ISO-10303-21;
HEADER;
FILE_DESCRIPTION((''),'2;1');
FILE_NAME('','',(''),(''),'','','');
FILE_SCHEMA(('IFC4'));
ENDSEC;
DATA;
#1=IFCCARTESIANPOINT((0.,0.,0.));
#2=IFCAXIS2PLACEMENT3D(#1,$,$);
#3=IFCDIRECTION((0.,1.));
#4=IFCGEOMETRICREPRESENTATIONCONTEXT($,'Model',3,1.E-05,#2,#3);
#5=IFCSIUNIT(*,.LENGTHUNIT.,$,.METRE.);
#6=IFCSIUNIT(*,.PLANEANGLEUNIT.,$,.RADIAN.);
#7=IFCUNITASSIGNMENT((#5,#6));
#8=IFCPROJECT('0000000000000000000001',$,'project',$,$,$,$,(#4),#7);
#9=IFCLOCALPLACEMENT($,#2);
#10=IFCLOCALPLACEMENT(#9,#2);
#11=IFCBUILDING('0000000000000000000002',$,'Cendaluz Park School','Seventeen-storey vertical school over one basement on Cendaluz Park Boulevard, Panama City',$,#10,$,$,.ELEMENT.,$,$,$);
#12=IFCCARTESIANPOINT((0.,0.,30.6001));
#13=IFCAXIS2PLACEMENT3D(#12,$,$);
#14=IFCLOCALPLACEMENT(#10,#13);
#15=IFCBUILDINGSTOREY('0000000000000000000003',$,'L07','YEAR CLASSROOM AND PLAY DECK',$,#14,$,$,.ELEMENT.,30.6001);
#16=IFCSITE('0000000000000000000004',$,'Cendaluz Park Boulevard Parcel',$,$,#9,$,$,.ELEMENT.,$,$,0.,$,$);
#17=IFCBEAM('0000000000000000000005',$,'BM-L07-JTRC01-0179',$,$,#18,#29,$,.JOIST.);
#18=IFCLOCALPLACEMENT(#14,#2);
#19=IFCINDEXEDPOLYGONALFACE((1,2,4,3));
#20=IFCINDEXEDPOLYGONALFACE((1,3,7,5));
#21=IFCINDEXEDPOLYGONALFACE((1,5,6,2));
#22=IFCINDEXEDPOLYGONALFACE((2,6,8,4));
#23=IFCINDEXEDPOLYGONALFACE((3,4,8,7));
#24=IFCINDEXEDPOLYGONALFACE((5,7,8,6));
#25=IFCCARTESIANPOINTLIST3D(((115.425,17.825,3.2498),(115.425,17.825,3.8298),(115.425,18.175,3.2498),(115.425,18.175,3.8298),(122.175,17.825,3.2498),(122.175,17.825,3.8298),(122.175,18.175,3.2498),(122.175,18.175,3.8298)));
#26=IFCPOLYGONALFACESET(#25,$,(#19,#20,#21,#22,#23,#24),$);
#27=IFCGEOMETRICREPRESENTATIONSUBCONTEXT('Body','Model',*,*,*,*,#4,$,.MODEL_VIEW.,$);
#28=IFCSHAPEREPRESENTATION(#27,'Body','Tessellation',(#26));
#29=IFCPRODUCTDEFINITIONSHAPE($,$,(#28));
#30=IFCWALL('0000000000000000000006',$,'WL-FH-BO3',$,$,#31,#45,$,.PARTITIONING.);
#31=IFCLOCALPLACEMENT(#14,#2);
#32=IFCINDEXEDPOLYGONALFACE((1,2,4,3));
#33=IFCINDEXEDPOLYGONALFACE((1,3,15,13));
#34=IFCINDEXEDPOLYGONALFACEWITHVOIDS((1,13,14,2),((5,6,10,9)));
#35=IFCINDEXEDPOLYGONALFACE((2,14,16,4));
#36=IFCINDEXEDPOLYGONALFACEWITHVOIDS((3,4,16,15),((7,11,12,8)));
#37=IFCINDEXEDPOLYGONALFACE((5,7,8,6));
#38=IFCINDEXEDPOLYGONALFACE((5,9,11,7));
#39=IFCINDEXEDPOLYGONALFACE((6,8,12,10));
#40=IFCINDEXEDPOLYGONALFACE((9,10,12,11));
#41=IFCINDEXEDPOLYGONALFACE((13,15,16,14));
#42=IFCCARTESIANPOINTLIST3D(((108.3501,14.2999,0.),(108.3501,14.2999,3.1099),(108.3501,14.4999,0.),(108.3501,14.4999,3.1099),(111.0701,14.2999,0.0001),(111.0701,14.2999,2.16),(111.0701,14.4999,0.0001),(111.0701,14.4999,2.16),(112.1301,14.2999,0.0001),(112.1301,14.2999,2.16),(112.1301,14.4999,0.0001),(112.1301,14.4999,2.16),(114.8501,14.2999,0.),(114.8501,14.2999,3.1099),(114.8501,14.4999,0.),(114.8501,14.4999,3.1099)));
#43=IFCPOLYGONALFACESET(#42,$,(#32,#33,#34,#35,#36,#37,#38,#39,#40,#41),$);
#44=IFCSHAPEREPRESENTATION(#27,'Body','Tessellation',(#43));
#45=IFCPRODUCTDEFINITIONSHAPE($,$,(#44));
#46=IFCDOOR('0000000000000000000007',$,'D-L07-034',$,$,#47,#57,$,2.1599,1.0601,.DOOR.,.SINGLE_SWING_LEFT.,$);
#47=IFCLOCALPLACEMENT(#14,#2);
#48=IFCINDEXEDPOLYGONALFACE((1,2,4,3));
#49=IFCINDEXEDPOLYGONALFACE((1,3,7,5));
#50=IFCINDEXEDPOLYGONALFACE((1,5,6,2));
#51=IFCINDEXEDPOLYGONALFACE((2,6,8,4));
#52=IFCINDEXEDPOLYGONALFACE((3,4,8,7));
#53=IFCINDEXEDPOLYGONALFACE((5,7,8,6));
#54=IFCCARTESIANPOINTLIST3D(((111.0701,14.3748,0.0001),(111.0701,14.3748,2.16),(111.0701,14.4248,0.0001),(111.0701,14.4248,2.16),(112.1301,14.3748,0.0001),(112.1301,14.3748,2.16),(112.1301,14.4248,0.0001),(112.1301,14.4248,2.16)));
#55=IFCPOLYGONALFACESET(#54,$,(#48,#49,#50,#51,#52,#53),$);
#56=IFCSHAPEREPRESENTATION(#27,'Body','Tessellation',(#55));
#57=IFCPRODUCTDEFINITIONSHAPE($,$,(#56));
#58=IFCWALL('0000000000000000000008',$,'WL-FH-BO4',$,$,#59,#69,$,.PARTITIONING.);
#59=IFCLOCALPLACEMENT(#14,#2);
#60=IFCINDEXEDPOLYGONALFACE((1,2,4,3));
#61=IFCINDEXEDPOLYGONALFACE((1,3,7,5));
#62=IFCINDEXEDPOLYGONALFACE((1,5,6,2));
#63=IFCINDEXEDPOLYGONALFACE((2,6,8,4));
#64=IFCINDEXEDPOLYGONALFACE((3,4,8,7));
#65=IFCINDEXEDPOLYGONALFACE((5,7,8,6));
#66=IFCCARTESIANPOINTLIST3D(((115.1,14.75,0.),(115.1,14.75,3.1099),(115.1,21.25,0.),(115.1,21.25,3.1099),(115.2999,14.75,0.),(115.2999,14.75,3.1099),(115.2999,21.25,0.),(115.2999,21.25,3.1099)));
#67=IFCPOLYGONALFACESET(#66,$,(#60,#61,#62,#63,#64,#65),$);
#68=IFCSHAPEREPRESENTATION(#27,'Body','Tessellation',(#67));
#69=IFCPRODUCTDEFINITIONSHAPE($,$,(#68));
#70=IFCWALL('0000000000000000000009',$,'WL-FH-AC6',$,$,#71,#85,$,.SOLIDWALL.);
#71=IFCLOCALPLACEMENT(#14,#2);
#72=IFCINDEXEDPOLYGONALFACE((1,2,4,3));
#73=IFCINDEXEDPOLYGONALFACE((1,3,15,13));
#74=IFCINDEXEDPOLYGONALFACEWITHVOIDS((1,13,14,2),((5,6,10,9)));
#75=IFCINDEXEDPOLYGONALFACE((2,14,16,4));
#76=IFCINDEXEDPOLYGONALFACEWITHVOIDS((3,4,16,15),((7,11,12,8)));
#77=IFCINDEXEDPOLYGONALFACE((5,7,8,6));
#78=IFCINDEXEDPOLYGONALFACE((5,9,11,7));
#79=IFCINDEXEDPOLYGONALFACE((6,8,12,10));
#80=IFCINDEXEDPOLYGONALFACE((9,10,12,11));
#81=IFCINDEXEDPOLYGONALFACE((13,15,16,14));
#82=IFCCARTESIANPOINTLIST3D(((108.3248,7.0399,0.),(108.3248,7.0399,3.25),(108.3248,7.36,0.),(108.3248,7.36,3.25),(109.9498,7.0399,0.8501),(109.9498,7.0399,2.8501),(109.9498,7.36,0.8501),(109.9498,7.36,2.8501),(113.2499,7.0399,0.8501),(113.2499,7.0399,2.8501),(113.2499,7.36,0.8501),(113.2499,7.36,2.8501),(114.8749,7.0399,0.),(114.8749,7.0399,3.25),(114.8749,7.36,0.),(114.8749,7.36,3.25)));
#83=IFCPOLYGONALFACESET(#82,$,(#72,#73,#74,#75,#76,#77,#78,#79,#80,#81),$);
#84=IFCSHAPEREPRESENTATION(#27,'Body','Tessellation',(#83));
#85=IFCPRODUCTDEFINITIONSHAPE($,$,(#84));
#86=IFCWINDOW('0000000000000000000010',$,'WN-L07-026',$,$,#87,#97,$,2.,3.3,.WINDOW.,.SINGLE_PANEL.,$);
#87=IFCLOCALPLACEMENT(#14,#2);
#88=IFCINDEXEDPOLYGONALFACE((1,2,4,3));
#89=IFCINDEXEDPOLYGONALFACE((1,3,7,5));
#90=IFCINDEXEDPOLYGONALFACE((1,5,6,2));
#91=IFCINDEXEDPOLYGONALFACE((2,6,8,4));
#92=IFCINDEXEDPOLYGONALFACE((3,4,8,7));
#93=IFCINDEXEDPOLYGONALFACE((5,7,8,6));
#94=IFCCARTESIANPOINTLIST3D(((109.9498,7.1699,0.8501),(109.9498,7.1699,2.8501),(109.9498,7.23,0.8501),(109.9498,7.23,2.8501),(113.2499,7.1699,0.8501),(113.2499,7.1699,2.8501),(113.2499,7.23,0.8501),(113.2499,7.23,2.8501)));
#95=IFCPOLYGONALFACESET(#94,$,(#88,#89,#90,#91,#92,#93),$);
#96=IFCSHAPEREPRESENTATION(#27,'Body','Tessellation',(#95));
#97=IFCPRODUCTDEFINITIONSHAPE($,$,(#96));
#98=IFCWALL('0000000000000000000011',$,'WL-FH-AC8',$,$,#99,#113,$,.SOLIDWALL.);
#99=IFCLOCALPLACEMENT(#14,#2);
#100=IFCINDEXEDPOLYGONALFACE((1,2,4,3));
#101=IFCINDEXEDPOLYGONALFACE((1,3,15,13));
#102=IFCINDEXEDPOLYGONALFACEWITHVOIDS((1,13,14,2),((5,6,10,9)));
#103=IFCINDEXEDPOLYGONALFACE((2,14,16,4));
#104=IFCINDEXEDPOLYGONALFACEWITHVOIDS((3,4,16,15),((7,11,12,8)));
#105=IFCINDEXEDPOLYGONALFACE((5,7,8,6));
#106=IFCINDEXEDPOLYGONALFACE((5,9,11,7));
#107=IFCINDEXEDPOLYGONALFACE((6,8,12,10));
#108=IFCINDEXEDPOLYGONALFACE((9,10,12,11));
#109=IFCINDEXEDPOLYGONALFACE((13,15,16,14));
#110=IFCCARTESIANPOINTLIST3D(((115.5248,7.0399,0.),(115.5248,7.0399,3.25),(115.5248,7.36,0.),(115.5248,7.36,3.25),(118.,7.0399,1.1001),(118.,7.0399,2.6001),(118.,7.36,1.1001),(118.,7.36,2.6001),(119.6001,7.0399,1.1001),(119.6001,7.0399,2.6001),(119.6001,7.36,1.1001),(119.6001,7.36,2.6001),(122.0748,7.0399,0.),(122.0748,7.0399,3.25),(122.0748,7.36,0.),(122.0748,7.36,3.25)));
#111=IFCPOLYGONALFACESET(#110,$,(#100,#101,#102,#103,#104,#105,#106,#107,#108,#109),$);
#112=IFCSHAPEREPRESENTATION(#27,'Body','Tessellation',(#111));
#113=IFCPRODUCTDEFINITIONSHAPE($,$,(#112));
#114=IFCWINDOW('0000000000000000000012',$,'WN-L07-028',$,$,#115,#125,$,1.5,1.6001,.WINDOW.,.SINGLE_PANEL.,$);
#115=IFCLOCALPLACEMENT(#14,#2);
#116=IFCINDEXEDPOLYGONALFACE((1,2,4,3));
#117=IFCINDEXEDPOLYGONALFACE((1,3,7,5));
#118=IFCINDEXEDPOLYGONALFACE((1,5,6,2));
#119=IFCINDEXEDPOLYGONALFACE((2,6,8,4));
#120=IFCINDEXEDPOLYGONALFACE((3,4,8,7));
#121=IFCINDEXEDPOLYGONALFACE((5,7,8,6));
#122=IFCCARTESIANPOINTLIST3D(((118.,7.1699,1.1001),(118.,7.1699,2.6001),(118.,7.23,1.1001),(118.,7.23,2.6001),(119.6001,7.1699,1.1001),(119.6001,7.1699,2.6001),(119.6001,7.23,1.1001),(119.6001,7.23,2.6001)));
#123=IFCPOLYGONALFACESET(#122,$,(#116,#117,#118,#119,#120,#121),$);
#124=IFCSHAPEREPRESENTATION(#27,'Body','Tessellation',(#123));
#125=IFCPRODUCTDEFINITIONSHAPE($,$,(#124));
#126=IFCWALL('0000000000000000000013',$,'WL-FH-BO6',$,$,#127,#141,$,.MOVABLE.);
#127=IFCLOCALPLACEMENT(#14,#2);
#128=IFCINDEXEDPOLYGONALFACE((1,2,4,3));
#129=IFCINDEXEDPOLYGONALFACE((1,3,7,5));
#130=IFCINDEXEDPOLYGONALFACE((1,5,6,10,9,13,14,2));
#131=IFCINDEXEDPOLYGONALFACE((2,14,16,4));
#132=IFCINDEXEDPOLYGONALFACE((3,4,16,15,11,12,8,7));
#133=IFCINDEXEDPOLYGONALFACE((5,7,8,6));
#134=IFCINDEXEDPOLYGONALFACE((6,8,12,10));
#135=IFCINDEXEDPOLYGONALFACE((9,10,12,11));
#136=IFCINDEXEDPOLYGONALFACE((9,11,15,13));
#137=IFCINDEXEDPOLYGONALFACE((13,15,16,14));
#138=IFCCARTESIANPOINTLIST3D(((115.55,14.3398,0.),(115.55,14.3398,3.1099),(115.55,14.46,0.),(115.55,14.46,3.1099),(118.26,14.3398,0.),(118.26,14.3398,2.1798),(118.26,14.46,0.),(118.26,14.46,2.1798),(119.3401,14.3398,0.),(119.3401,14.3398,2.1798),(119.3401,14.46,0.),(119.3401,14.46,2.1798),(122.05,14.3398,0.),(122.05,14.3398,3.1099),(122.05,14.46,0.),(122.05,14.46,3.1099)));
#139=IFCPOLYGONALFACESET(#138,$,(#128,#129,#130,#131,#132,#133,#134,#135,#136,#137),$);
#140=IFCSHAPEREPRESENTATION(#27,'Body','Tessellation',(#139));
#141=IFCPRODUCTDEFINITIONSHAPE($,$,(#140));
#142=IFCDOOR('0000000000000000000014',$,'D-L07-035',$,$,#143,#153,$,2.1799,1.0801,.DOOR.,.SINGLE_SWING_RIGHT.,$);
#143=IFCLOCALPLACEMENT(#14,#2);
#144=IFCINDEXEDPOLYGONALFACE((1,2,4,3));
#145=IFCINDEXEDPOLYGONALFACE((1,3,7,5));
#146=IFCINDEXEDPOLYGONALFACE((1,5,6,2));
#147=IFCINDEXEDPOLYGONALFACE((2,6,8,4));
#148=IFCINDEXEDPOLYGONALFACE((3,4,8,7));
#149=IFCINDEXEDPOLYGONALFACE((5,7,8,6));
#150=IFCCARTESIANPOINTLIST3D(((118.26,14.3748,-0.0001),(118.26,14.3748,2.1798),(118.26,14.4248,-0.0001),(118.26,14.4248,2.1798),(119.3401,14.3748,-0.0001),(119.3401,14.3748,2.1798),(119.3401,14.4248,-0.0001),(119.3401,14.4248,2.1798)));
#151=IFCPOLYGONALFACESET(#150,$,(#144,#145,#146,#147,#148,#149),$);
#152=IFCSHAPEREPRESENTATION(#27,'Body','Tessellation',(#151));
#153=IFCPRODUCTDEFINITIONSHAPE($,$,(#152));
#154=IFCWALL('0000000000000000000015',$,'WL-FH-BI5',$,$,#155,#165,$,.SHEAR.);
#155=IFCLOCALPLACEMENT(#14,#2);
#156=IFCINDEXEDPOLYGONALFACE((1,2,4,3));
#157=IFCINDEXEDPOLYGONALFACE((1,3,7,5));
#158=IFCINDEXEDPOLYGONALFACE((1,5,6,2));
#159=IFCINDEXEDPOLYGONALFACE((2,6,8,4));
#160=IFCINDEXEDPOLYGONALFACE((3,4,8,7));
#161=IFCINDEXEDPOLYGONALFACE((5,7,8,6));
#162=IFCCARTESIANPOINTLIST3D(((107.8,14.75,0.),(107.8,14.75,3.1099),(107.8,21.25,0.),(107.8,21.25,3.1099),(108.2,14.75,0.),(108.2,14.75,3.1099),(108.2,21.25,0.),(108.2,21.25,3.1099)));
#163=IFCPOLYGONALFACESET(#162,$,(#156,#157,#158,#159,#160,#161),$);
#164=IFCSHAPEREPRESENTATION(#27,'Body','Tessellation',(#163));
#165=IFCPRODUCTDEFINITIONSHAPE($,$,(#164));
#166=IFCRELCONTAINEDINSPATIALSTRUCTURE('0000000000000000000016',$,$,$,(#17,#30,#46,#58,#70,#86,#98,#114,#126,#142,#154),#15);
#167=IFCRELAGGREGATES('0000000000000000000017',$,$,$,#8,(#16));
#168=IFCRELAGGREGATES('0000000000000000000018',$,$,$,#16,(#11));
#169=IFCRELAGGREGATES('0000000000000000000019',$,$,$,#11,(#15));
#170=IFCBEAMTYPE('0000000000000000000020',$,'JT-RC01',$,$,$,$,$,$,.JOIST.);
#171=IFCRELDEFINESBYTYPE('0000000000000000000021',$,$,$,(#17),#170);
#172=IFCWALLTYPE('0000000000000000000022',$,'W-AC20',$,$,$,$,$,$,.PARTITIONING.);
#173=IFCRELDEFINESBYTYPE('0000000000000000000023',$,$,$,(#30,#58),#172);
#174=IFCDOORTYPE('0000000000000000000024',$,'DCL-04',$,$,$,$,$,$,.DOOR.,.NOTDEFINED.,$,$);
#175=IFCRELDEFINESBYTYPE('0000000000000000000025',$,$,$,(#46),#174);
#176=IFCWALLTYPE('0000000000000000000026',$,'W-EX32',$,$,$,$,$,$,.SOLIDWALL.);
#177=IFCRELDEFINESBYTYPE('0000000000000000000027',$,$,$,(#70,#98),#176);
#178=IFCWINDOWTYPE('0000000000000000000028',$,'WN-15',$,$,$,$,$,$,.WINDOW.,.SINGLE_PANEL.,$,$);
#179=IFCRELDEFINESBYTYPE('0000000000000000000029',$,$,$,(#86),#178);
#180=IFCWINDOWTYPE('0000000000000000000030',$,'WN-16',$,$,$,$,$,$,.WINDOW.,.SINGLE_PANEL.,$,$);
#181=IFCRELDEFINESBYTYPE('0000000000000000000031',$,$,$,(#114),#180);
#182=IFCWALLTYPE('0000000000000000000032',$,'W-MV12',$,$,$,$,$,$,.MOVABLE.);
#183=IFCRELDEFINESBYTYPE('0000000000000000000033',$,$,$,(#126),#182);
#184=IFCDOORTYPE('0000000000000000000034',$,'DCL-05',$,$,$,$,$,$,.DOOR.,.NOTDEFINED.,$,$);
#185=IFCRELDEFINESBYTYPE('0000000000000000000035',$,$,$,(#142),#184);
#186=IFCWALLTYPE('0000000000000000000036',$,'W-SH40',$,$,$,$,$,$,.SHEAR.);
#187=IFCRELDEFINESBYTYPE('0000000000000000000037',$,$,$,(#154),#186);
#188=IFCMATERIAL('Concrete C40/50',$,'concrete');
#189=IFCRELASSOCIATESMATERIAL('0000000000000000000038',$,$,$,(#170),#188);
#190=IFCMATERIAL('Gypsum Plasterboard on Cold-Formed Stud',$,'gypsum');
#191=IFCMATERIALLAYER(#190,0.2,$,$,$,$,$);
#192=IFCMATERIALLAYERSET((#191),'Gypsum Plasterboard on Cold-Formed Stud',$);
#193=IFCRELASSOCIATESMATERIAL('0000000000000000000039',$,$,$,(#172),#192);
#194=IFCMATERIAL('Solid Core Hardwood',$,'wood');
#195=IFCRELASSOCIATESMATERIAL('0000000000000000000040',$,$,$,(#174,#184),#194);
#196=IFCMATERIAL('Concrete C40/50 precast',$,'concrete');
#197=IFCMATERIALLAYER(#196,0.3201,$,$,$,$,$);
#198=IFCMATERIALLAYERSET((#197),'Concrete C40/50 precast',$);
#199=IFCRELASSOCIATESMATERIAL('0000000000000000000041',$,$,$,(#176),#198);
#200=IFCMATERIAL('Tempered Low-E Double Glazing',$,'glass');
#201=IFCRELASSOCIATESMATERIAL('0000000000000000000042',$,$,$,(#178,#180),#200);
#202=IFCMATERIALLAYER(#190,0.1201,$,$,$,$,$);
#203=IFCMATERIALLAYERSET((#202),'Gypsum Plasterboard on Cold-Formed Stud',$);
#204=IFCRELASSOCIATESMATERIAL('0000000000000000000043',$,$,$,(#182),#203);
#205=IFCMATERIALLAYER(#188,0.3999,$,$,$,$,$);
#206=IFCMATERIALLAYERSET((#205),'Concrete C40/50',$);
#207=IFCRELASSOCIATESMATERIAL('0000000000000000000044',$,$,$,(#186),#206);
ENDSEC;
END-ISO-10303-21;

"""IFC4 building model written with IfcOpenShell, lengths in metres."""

from ifc_helpers import new_model, si_unit, direction, frame, frame_2d, origin, origin_2d, place, context, subcontext, project, spatial, rectangle, extrude, material, layer, layer_set, material_profile, profile_set, type_object, element, fill, save


model = new_model("IFC4")

# Units and contexts
model_context = context("Model", 3, precision=1e-05, world=origin(), true_north=direction((0.0, 1.0)))
body_context = subcontext(model_context, "Body", "Model", "MODEL_VIEW")
ifc_project = project(units=[si_unit("LENGTHUNIT", "METRE"), si_unit("PLANEANGLEUNIT", "RADIAN")], contexts=[model_context])

# Site, building, storey
site_placement = place(None, origin())
site = spatial("IfcSite", under=ifc_project, at=site_placement, Name="Cendaluz Park Boulevard Parcel", CompositionType="ELEMENT", RefElevation=0.0)
building_placement = place(site_placement, origin())
building = spatial("IfcBuilding", under=site, at=building_placement, Name="Cendaluz Park School", Description="Seventeen-storey vertical school over one basement on Cendaluz Park Boulevard, Panama City", CompositionType="ELEMENT")
storey_placement = place(building_placement, frame((0.0, 0.0, 30.6001)))
storey = spatial("IfcBuildingStorey", under=building, at=storey_placement, Name="L07", Description="YEAR CLASSROOM AND PLAY DECK", CompositionType="ELEMENT", Elevation=30.6001)

# Shared definitions
ifc_material_1 = material(Name="Concrete C40/50", Category="concrete")

# Beam
ifc_material_profile_1 = material_profile(ifc_material_1, rectangle(XDim=0.3501, YDim=0.5801, at=origin_2d()), Name="RC 350x580", Category="concrete")
ifc_profile_set_1 = profile_set([ifc_material_profile_1], Name="Concrete C40/50")
beam_type_1 = type_object("IfcBeamType", Name="JT-RC01", PredefinedType="JOIST", material=ifc_profile_set_1)
beam_1_placement = place(storey_placement, frame((115.425, 18.0, 3.5398), z_axis=(1.0, 0.0, 0.0), x_axis=(0.0, 1.0, 0.0)))
element("IfcBeam", 1, at=beam_1_placement, inside=storey, type_object=beam_type_1, Name="BM-L07-JTRC01-0179", PredefinedType="JOIST", context=body_context, shape_type="SweptSolid", body=[
    extrude(rectangle(XDim=0.3501, YDim=0.5801, at=origin_2d()), origin(), (0.0, 0.0, 1.0), 6.75),
])

# Wall, opening, door
ifc_material_2 = material(Name="Gypsum Plasterboard on Cold-Formed Stud", Category="gypsum")
ifc_layer_1 = layer(ifc_material_2, 0.2)
ifc_layer_set_1 = layer_set([ifc_layer_1], Name="Gypsum Plasterboard on Cold-Formed Stud")
wall_type_1 = type_object("IfcWallType", Name="W-AC20", PredefinedType="PARTITIONING", material=ifc_layer_set_1)
wall_1_placement = place(storey_placement, frame((108.3501, 14.3999, 0.0), z_axis=(0.0, 0.0, 1.0), x_axis=(1.0, 0.0, 0.0)))
wall_1 = element("IfcWall", 2, at=wall_1_placement, inside=storey, type_object=wall_type_1, Name="WL-FH-BO3", PredefinedType="PARTITIONING", context=body_context, shape_type="SweptSolid", body=[
    extrude(rectangle(XDim=6.5, YDim=0.2, at=frame_2d((3.25, 0.0))), origin(), (0.0, 0.0, 1.0), 3.1099),
])
opening_1_placement = place(wall_1_placement, frame((2.72, 0.0, 0.0)))
opening_1 = element("IfcOpeningElement", 3, at=opening_1_placement, cuts=wall_1, PredefinedType="OPENING", context=body_context, shape_type="SweptSolid", body=[
    extrude(rectangle(XDim=1.0601, YDim=2.1599, at=frame_2d((0.53, 1.0801))), frame((0.0, 0.1121, 0.0), z_axis=(0.0, -1.0, 0.0), x_axis=(1.0, 0.0, 0.0)), (0.0, 0.0, 1.0), 0.2239),
])
ifc_material_3 = material(Name="Solid Core Hardwood", Category="wood")
door_type_1 = type_object("IfcDoorType", Name="DCL-04", OperationType="NOTDEFINED", PredefinedType="DOOR", material=ifc_material_3)
door_1_placement = place(opening_1_placement, origin())
door_1 = element("IfcDoor", 4, at=door_1_placement, inside=storey, type_object=door_type_1, Name="D-L07-034", OperationType="SINGLE_SWING_LEFT", OverallHeight=2.1599, OverallWidth=1.0601, PredefinedType="DOOR", context=body_context, shape_type="SweptSolid", body=[
    extrude(rectangle(XDim=1.0601, YDim=2.1599, at=frame_2d((0.53, 1.0801))), frame((0.0, 0.0249, 0.0), z_axis=(0.0, -1.0, 0.0), x_axis=(1.0, 0.0, 0.0)), (0.0, 0.0, 1.0), 0.05),
])
fill(opening_1, door_1)

# Wall
wall_2_placement = place(storey_placement, frame((115.2, 14.75, 0.0), z_axis=(0.0, 0.0, 1.0), x_axis=(0.0, 1.0, 0.0)))
element("IfcWall", 5, at=wall_2_placement, inside=storey, type_object=wall_type_1, Name="WL-FH-BO4", PredefinedType="PARTITIONING", context=body_context, shape_type="SweptSolid", body=[
    extrude(rectangle(XDim=6.5, YDim=0.2, at=frame_2d((3.25, 0.0))), origin(), (0.0, 0.0, 1.0), 3.1099),
])

# Walls, openings, windows
ifc_material_4 = material(Name="Concrete C40/50 precast", Category="concrete")
ifc_layer_2 = layer(ifc_material_4, 0.3201)
ifc_layer_set_2 = layer_set([ifc_layer_2], Name="Concrete C40/50 precast")
wall_type_2 = type_object("IfcWallType", Name="W-EX32", PredefinedType="SOLIDWALL", material=ifc_layer_set_2)
wall_3_placement = place(storey_placement, frame((108.325, 7.2, 0.0), z_axis=(0.0, 0.0, 1.0), x_axis=(1.0, 0.0, 0.0)))
wall_3 = element("IfcWall", 6, at=wall_3_placement, inside=storey, type_object=wall_type_2, Name="WL-FH-AC6", PredefinedType="SOLIDWALL", context=body_context, shape_type="SweptSolid", body=[
    extrude(rectangle(XDim=6.55, YDim=0.3201, at=frame_2d((3.2749, 0.0))), origin(), (0.0, 0.0, 1.0), 3.25),
])
opening_2_placement = place(wall_3_placement, frame((1.625, 0.0, 0.8501)))
opening_2 = element("IfcOpeningElement", 7, at=opening_2_placement, cuts=wall_3, PredefinedType="OPENING", context=body_context, shape_type="SweptSolid", body=[
    extrude(rectangle(XDim=3.3, YDim=2.0, at=frame_2d((1.6499, 1.0))), frame((0.0, 0.1721, 0.0), z_axis=(0.0, -1.0, 0.0), x_axis=(1.0, 0.0, 0.0)), (0.0, 0.0, 1.0), 0.344),
])
ifc_material_5 = material(Name="Tempered Low-E Double Glazing", Category="glass")
window_type_1 = type_object("IfcWindowType", Name="WN-15", PartitioningType="SINGLE_PANEL", PredefinedType="WINDOW", material=ifc_material_5)
window_1_placement = place(opening_2_placement, origin())
window_1 = element("IfcWindow", 8, at=window_1_placement, inside=storey, type_object=window_type_1, Name="WN-L07-026", OverallHeight=2.0, OverallWidth=3.3, PartitioningType="SINGLE_PANEL", PredefinedType="WINDOW", context=body_context, shape_type="SweptSolid", body=[
    extrude(rectangle(XDim=3.3, YDim=2.0, at=frame_2d((1.6499, 1.0))), frame((0.0, 0.03, 0.0), z_axis=(0.0, -1.0, 0.0), x_axis=(1.0, 0.0, 0.0)), (0.0, 0.0, 1.0), 0.0601),
])
fill(opening_2, window_1)
wall_4_placement = place(storey_placement, frame((115.5249, 7.2, 0.0), z_axis=(0.0, 0.0, 1.0), x_axis=(1.0, 0.0, 0.0)))
wall_4 = element("IfcWall", 9, at=wall_4_placement, inside=storey, type_object=wall_type_2, Name="WL-FH-AC8", PredefinedType="SOLIDWALL", context=body_context, shape_type="SweptSolid", body=[
    extrude(rectangle(XDim=6.55, YDim=0.3201, at=frame_2d((3.2749, 0.0))), origin(), (0.0, 0.0, 1.0), 3.25),
])
opening_3_placement = place(wall_4_placement, frame((2.4751, 0.0, 1.1001)))
opening_3 = element("IfcOpeningElement", 10, at=opening_3_placement, cuts=wall_4, PredefinedType="OPENING", context=body_context, shape_type="SweptSolid", body=[
    extrude(rectangle(XDim=1.6001, YDim=1.5, at=frame_2d((0.8, 0.75))), frame((0.0, 0.1721, 0.0), z_axis=(0.0, -1.0, 0.0), x_axis=(1.0, 0.0, 0.0)), (0.0, 0.0, 1.0), 0.344),
])
window_type_2 = type_object("IfcWindowType", Name="WN-16", PartitioningType="SINGLE_PANEL", PredefinedType="WINDOW", material=ifc_material_5)
window_2_placement = place(opening_3_placement, origin())
window_2 = element("IfcWindow", 11, at=window_2_placement, inside=storey, type_object=window_type_2, Name="WN-L07-028", OverallHeight=1.5, OverallWidth=1.6001, PartitioningType="SINGLE_PANEL", PredefinedType="WINDOW", context=body_context, shape_type="SweptSolid", body=[
    extrude(rectangle(XDim=1.6001, YDim=1.5, at=frame_2d((0.8, 0.75))), frame((0.0, 0.03, 0.0), z_axis=(0.0, -1.0, 0.0), x_axis=(1.0, 0.0, 0.0)), (0.0, 0.0, 1.0), 0.0601),
])
fill(opening_3, window_2)

# Wall, opening, door
ifc_layer_3 = layer(ifc_material_2, 0.1201)
ifc_layer_set_3 = layer_set([ifc_layer_3], Name="Gypsum Plasterboard on Cold-Formed Stud")
wall_type_3 = type_object("IfcWallType", Name="W-MV12", PredefinedType="MOVABLE", material=ifc_layer_set_3)
wall_5_placement = place(storey_placement, frame((115.55, 14.3999, 0.0), z_axis=(0.0, 0.0, 1.0), x_axis=(1.0, 0.0, 0.0)))
wall_5 = element("IfcWall", 12, at=wall_5_placement, inside=storey, type_object=wall_type_3, Name="WL-FH-BO6", PredefinedType="MOVABLE", context=body_context, shape_type="SweptSolid", body=[
    extrude(rectangle(XDim=6.5, YDim=0.1201, at=frame_2d((3.25, 0.0))), origin(), (0.0, 0.0, 1.0), 3.1099),
])
opening_4_placement = place(wall_5_placement, frame((2.71, 0.0, 0.0)))
opening_4 = element("IfcOpeningElement", 13, at=opening_4_placement, cuts=wall_5, PredefinedType="OPENING", context=body_context, shape_type="SweptSolid", body=[
    extrude(rectangle(XDim=1.0801, YDim=2.1799, at=frame_2d((0.54, 1.0898))), frame((0.0, 0.072, 0.0), z_axis=(0.0, -1.0, 0.0), x_axis=(1.0, 0.0, 0.0)), (0.0, 0.0, 1.0), 0.144),
])
door_type_2 = type_object("IfcDoorType", Name="DCL-05", OperationType="NOTDEFINED", PredefinedType="DOOR", material=ifc_material_3)
door_2_placement = place(opening_4_placement, origin())
door_2 = element("IfcDoor", 14, at=door_2_placement, inside=storey, type_object=door_type_2, Name="D-L07-035", OperationType="SINGLE_SWING_RIGHT", OverallHeight=2.1799, OverallWidth=1.0801, PredefinedType="DOOR", context=body_context, shape_type="SweptSolid", body=[
    extrude(rectangle(XDim=1.0801, YDim=2.1799, at=frame_2d((0.54, 1.0898))), frame((0.0, 0.0249, 0.0), z_axis=(0.0, -1.0, 0.0), x_axis=(1.0, 0.0, 0.0)), (0.0, 0.0, 1.0), 0.05),
])
fill(opening_4, door_2)

# Wall
ifc_layer_4 = layer(ifc_material_1, 0.3999)
ifc_layer_set_4 = layer_set([ifc_layer_4], Name="Concrete C40/50")
wall_type_4 = type_object("IfcWallType", Name="W-SH40", PredefinedType="SHEAR", material=ifc_layer_set_4)
wall_6_placement = place(storey_placement, frame((108.0, 14.75, 0.0), z_axis=(0.0, 0.0, 1.0), x_axis=(0.0, 1.0, 0.0)))
element("IfcWall", 15, at=wall_6_placement, inside=storey, type_object=wall_type_4, Name="WL-FH-BI5", PredefinedType="SHEAR", context=body_context, shape_type="SweptSolid", body=[
    extrude(rectangle(XDim=6.5, YDim=0.3999, at=frame_2d((3.25, 0.0))), origin(), (0.0, 0.0, 1.0), 3.1099),
])

save(model, "model.ifc")
